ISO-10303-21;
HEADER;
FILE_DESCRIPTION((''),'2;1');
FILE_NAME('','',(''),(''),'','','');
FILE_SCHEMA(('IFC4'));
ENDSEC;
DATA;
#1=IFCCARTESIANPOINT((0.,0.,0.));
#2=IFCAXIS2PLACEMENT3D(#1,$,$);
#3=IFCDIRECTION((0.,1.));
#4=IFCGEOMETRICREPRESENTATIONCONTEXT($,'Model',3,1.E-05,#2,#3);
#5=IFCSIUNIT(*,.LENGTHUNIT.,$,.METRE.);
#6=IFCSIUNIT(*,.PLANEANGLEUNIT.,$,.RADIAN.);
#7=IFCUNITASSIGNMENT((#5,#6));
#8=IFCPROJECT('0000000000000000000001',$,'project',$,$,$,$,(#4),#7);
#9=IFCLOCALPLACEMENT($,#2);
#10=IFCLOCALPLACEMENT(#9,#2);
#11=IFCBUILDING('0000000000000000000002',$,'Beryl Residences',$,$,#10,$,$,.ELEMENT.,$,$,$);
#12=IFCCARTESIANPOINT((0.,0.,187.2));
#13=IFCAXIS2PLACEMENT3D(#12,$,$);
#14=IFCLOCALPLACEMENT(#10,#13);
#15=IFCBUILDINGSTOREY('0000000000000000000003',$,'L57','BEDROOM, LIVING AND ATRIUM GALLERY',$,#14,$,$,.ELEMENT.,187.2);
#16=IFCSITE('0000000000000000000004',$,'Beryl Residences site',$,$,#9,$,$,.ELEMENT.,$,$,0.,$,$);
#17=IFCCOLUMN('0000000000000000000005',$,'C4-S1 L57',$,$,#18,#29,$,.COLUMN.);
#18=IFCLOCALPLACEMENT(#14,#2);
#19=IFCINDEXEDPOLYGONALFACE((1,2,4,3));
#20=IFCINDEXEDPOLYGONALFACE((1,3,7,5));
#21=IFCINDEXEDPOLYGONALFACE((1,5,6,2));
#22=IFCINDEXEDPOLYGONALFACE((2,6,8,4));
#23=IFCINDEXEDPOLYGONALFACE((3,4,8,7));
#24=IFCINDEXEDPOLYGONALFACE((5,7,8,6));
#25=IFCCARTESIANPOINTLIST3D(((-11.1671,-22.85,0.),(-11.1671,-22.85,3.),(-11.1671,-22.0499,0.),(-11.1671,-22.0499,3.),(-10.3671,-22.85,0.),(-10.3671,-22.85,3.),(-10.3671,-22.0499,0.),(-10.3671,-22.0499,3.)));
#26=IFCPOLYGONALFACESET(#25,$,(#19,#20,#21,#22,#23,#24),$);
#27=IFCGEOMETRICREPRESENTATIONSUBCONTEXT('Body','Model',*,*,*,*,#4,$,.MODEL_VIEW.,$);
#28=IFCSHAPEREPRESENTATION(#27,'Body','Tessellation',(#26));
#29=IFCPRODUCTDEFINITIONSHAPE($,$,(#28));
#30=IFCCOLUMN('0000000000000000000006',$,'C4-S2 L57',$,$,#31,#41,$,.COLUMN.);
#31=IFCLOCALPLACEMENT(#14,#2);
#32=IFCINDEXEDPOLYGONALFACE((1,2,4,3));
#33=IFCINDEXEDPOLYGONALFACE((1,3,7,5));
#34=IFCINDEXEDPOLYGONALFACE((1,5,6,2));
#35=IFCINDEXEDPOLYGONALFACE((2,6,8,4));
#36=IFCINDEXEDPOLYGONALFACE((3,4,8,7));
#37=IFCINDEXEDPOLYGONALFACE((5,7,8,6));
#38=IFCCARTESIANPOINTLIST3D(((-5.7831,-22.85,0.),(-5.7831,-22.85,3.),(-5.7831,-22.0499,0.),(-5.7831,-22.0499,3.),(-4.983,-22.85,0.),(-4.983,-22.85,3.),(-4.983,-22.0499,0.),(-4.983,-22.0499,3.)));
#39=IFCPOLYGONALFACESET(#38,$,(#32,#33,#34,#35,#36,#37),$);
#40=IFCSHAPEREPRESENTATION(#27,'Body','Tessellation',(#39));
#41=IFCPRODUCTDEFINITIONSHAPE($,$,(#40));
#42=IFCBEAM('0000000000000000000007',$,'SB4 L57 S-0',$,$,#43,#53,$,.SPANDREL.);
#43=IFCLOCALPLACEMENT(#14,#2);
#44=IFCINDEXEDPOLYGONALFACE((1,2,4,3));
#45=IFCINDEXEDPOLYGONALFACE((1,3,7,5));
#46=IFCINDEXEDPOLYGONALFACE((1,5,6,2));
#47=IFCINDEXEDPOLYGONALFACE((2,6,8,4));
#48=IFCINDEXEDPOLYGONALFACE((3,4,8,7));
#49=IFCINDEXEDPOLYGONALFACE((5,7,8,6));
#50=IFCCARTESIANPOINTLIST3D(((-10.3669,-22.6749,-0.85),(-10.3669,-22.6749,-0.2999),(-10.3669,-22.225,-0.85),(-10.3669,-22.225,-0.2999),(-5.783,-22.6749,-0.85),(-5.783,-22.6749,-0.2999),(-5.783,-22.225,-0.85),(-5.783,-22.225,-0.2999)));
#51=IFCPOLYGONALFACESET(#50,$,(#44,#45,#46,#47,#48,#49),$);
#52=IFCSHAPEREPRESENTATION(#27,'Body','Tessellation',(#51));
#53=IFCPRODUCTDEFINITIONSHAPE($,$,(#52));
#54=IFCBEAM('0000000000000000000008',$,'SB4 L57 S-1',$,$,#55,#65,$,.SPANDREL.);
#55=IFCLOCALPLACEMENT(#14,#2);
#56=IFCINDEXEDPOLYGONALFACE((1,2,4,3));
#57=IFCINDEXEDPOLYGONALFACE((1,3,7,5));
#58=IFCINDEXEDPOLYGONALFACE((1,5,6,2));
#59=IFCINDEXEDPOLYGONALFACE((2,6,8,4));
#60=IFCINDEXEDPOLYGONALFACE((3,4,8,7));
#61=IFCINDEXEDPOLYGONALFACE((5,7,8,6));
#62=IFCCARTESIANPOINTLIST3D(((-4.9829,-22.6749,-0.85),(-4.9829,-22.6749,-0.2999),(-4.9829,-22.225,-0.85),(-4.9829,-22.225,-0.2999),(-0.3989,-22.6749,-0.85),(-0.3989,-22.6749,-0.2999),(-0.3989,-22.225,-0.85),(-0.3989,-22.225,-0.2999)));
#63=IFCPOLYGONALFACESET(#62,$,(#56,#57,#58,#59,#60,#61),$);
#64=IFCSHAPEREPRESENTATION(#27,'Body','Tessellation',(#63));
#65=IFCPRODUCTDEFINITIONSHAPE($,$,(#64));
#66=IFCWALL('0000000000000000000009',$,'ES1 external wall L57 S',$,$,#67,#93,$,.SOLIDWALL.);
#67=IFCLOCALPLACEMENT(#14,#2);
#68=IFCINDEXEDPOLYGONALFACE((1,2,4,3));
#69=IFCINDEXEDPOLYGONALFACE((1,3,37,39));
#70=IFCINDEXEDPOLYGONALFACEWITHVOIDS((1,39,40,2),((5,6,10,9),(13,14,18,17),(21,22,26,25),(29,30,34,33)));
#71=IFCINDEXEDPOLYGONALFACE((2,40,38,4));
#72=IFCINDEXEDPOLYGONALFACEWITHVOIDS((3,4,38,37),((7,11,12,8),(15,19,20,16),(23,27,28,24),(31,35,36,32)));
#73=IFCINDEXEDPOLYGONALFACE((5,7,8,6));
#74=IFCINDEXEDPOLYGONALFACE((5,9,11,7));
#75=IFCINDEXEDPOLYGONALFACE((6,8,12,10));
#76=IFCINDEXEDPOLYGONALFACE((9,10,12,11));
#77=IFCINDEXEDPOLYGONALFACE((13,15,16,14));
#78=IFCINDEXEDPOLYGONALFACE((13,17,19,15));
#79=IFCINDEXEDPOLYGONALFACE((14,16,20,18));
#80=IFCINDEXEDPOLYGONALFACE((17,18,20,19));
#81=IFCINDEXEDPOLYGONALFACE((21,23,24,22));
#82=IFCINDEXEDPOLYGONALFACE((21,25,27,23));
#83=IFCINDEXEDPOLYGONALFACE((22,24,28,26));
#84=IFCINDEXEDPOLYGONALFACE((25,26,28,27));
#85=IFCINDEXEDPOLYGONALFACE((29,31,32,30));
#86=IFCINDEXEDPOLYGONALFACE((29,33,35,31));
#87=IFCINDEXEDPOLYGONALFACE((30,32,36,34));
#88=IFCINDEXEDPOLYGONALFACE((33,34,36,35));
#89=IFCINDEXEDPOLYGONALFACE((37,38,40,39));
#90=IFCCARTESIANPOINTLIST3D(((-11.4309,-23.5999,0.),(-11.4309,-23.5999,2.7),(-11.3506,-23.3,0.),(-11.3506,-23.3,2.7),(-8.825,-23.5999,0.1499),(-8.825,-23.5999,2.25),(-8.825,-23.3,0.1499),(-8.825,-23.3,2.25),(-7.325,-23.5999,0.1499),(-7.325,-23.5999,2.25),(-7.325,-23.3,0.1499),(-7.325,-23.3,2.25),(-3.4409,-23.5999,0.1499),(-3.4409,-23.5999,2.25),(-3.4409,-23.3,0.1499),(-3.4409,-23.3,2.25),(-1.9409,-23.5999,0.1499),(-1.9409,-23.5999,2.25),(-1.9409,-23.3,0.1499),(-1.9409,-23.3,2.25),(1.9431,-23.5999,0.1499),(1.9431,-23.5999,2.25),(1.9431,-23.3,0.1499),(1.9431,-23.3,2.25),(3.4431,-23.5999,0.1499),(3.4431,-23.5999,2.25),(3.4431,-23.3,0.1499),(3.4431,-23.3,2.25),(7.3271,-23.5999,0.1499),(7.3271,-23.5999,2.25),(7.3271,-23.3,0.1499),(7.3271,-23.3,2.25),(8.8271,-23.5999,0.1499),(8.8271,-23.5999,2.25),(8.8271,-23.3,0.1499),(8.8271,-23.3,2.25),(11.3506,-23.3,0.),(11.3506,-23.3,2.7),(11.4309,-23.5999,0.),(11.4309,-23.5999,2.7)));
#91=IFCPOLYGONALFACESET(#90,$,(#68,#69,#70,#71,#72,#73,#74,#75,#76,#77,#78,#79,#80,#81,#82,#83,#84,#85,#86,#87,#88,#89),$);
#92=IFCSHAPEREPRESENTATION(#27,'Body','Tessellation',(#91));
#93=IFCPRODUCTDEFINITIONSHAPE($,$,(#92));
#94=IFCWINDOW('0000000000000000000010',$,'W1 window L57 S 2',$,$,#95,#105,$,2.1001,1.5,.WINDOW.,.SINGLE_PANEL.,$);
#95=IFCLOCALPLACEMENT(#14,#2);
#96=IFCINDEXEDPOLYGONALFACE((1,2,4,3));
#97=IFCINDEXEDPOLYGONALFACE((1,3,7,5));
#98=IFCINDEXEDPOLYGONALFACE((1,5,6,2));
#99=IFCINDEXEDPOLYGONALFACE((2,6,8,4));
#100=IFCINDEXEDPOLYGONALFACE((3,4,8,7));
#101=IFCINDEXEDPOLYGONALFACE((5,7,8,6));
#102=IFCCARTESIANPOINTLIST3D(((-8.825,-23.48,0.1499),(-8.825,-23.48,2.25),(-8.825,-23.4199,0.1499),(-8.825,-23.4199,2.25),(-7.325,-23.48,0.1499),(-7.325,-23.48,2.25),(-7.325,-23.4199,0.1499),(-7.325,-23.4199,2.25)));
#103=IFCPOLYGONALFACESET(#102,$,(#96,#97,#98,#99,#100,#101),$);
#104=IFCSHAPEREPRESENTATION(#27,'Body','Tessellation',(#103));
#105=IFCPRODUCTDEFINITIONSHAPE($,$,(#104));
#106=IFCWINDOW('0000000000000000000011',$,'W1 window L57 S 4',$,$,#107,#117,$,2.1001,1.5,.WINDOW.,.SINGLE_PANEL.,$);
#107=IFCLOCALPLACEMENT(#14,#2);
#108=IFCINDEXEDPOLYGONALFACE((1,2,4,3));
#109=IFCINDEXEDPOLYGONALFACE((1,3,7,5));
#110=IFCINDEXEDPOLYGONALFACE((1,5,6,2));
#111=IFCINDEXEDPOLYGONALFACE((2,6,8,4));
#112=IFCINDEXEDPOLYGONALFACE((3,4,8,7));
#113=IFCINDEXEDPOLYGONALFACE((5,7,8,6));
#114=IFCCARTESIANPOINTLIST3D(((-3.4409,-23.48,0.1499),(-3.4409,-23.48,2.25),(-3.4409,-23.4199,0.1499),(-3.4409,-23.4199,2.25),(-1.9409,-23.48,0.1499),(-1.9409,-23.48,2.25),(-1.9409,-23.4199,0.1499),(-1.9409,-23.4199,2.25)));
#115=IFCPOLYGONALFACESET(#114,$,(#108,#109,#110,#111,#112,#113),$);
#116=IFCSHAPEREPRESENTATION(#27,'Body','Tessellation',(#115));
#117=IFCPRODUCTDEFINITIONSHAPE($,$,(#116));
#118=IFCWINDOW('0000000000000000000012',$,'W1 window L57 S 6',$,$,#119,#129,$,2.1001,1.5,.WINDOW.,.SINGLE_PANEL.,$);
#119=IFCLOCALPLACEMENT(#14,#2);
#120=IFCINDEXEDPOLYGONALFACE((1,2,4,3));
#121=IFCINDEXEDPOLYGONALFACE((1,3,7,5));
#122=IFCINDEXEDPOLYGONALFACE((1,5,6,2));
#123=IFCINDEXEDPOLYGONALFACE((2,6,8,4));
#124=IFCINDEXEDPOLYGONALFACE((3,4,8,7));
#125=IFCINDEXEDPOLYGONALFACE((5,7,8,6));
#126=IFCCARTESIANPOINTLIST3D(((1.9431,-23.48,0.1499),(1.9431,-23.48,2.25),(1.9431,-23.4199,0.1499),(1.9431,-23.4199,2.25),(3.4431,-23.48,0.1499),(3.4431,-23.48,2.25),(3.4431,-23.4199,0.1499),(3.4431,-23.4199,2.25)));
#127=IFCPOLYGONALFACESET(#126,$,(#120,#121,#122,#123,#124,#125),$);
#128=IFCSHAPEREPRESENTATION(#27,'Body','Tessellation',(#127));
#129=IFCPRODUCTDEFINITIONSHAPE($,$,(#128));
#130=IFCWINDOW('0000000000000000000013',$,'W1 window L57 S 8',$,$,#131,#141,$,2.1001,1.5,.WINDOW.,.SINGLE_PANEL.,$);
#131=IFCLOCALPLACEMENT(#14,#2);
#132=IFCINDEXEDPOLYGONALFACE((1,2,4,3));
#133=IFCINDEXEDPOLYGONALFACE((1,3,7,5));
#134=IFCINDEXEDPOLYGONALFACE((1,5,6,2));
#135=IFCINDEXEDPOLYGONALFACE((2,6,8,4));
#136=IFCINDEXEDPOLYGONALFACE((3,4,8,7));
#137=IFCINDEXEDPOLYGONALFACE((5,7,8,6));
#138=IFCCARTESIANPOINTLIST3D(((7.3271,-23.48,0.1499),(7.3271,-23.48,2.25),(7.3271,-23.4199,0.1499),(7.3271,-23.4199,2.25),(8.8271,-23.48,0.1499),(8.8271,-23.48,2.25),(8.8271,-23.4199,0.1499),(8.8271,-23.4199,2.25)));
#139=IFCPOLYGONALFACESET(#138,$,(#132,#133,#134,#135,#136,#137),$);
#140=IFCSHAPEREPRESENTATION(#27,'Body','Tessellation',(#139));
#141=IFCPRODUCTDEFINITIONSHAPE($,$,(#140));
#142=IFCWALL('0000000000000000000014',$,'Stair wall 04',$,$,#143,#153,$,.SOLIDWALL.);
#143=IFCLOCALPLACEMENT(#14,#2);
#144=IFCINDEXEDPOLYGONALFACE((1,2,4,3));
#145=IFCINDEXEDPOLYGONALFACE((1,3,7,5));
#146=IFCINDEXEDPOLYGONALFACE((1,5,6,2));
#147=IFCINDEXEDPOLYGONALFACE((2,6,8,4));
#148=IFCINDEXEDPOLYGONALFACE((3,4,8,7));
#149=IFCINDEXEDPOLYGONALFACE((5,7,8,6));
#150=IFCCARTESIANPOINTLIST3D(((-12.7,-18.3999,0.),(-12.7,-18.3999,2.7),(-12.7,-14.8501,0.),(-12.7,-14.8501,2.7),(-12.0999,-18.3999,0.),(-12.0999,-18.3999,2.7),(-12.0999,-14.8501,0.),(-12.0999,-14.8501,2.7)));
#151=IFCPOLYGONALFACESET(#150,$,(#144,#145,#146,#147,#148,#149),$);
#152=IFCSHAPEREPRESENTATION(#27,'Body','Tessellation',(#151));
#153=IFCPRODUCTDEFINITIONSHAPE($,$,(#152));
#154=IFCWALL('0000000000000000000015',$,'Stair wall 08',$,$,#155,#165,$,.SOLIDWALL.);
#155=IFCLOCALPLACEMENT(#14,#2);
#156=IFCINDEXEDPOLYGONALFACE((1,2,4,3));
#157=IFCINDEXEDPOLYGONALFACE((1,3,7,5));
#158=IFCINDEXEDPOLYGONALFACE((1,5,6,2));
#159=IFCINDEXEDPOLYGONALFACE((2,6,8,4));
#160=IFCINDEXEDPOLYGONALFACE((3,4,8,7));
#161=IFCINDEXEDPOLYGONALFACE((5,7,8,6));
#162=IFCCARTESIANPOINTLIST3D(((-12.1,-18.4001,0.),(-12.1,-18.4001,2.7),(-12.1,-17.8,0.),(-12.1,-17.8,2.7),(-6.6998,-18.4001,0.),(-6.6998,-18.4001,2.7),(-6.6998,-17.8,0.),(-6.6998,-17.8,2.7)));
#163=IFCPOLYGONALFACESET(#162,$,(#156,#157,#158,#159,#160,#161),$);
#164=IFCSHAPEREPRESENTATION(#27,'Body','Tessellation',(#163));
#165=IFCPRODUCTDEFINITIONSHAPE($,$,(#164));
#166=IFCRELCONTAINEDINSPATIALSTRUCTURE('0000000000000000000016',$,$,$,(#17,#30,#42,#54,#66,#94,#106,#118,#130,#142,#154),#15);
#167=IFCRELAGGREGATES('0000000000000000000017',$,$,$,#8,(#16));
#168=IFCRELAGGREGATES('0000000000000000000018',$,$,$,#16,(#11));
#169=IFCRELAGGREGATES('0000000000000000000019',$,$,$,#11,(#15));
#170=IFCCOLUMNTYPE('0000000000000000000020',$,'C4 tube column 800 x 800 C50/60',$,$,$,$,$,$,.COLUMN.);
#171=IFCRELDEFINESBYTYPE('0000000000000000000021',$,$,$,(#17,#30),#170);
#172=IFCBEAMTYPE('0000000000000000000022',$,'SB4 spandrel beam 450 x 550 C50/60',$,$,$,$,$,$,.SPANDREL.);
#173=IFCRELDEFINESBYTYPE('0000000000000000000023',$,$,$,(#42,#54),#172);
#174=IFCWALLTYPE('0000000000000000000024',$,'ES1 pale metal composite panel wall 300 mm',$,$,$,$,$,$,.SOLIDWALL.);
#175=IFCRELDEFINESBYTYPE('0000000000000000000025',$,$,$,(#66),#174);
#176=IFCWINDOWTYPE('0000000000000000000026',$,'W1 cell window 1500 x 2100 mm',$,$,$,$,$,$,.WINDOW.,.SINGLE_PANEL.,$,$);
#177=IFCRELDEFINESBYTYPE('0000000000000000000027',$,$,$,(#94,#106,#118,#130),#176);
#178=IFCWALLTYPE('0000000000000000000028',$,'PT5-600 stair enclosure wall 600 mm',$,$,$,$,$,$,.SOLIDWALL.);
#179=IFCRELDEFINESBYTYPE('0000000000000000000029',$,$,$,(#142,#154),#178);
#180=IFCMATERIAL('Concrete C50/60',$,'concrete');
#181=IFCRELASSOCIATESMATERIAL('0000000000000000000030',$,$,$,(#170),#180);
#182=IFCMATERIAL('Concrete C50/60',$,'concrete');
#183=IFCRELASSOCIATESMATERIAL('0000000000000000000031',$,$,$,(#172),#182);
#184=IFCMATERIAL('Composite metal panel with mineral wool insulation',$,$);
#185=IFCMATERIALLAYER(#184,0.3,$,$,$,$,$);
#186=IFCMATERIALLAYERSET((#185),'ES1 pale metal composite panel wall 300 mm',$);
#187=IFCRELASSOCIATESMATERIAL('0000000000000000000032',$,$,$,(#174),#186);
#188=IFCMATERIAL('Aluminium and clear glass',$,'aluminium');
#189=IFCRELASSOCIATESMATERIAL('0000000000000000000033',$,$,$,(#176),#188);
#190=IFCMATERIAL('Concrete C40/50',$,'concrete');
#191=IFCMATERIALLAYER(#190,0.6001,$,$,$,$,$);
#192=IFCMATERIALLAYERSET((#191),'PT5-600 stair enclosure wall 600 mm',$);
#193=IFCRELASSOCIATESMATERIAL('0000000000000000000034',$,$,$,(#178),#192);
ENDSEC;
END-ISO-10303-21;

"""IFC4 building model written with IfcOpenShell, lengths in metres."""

from ifc_helpers import new_model, si_unit, direction, frame, frame_2d, origin, origin_2d, place, context, subcontext, project, spatial, polyline, rectangle, outline, extrude, material, layer, layer_set, material_profile, profile_set, type_object, element, fill, save


model = new_model("IFC4")

# Units and contexts
model_context = context("Model", 3, precision=1e-05, world=origin(), true_north=direction((0.0, 1.0)))
body_context = subcontext(model_context, "Body", "Model", "MODEL_VIEW")
ifc_project = project(units=[si_unit("LENGTHUNIT", "METRE"), si_unit("PLANEANGLEUNIT", "RADIAN")], contexts=[model_context])

# Site, building, storey
site_placement = place(None, origin())
site = spatial("IfcSite", under=ifc_project, at=site_placement, Name="Beryl Residences site", CompositionType="ELEMENT", RefElevation=0.0)
building_placement = place(site_placement, origin())
building = spatial("IfcBuilding", under=site, at=building_placement, Name="Beryl Residences", CompositionType="ELEMENT")
storey_placement = place(building_placement, frame((0.0, 0.0, 187.2)))
storey = spatial("IfcBuildingStorey", under=building, at=storey_placement, Name="L57", Description="BEDROOM, LIVING AND ATRIUM GALLERY", CompositionType="ELEMENT", Elevation=187.2)

# Columns
ifc_material_1 = material(Name="Concrete C50/60", Category="concrete")
ifc_material_profile_1 = material_profile(ifc_material_1, rectangle(XDim=0.8, YDim=0.8, at=origin_2d()))
ifc_profile_set_1 = profile_set([ifc_material_profile_1], Name="Concrete C50/60")
column_type = type_object("IfcColumnType", Name="C4 tube column 800 x 800 C50/60", PredefinedType="COLUMN", material=ifc_profile_set_1)
for number, where, z_axis, x_axis, name in (
    (1, (-10.7671, -22.45, 0.0), (0.0, 0.0, 1.0), (1.0, 0.0, 0.0), "C4-S1 L57"),
    (2, (-5.3831, -22.45, 0.0), (0.0, 0.0, 1.0), (1.0, 0.0, 0.0), "C4-S2 L57"),
):
    element("IfcColumn", number, at=place(storey_placement, frame(where, z_axis=z_axis, x_axis=x_axis)), inside=storey, type_object=column_type, Name=name, PredefinedType="COLUMN", context=body_context, shape_type="SweptSolid", body=[
        extrude(rectangle(XDim=0.8, YDim=0.8, at=origin_2d()), origin(), (0.0, 0.0, 1.0), 3.0),
    ])

# Beams
ifc_material_2 = material(Name="Concrete C50/60", Category="concrete")
ifc_material_profile_2 = material_profile(ifc_material_2, rectangle(XDim=0.45, YDim=0.55, at=origin_2d()))
ifc_profile_set_2 = profile_set([ifc_material_profile_2], Name="Concrete C50/60")
beam_type = type_object("IfcBeamType", Name="SB4 spandrel beam 450 x 550 C50/60", PredefinedType="SPANDREL", material=ifc_profile_set_2)
for number, where, z_axis, x_axis, name in (
    (3, (-10.3669, -22.45, -0.575), (1.0, 0.0, 0.0), (0.0, 1.0, 0.0), "SB4 L57 S-0"),
    (4, (-4.9829, -22.45, -0.575), (1.0, 0.0, 0.0), (0.0, 1.0, 0.0), "SB4 L57 S-1"),
):
    element("IfcBeam", number, at=place(storey_placement, frame(where, z_axis=z_axis, x_axis=x_axis)), inside=storey, type_object=beam_type, Name=name, PredefinedType="SPANDREL", context=body_context, shape_type="SweptSolid", body=[
        extrude(rectangle(XDim=0.45, YDim=0.55, at=origin_2d()), origin(), (0.0, 0.0, 1.0), 4.584),
    ])

# Wall, openings, windows
ifc_material_3 = material(Name="Composite metal panel with mineral wool insulation")
ifc_layer_1 = layer(ifc_material_3, 0.3)
ifc_layer_set_1 = layer_set([ifc_layer_1], Name="ES1 pale metal composite panel wall 300 mm")
wall_type_1 = type_object("IfcWallType", Name="ES1 pale metal composite panel wall 300 mm", PredefinedType="SOLIDWALL", material=ifc_layer_set_1)
wall_1_placement = place(storey_placement, frame((-11.4309, -23.45, 0.0), z_axis=(0.0, 0.0, 1.0), x_axis=(1.0, 0.0, 0.0)))
wall_1 = element("IfcWall", 5, at=wall_1_placement, inside=storey, type_object=wall_type_1, Name="ES1 external wall L57 S", PredefinedType="SOLIDWALL", context=body_context, shape_type="SweptSolid", body=[
    extrude(outline(polyline([(0.0, -0.1499), (22.8618, -0.1499), (22.7815, 0.1499), (0.0803, 0.1499), (0.0, -0.1499)])), origin(), (0.0, 0.0, 1.0), 2.7),
])
opening_1_placement = place(wall_1_placement, frame((2.606, 0.0, 0.1499)))
opening_1 = element("IfcOpeningElement", 6, at=opening_1_placement, cuts=wall_1, PredefinedType="OPENING", context=body_context, shape_type="SweptSolid", body=[
    extrude(rectangle(XDim=1.5, YDim=2.1001, at=frame_2d((0.75, 1.05))), frame((0.0, 0.1599, 0.0), z_axis=(0.0, -1.0, 0.0), x_axis=(1.0, 0.0, 0.0)), (0.0, 0.0, 1.0), 0.3201),
])
opening_2_placement = place(wall_1_placement, frame((7.99, 0.0, 0.1499)))
opening_2 = element("IfcOpeningElement", 7, at=opening_2_placement, cuts=wall_1, PredefinedType="OPENING", context=body_context, shape_type="SweptSolid", body=[
    extrude(rectangle(XDim=1.5, YDim=2.1001, at=frame_2d((0.75, 1.05))), frame((0.0, 0.1599, 0.0), z_axis=(0.0, -1.0, 0.0), x_axis=(1.0, 0.0, 0.0)), (0.0, 0.0, 1.0), 0.3201),
])
opening_3_placement = place(wall_1_placement, frame((13.374, 0.0, 0.1499)))
opening_3 = element("IfcOpeningElement", 8, at=opening_3_placement, cuts=wall_1, PredefinedType="OPENING", context=body_context, shape_type="SweptSolid", body=[
    extrude(rectangle(XDim=1.5, YDim=2.1001, at=frame_2d((0.75, 1.05))), frame((0.0, 0.1599, 0.0), z_axis=(0.0, -1.0, 0.0), x_axis=(1.0, 0.0, 0.0)), (0.0, 0.0, 1.0), 0.3201),
])
opening_4_placement = place(wall_1_placement, frame((18.7581, 0.0, 0.1499)))
opening_4 = element("IfcOpeningElement", 9, at=opening_4_placement, cuts=wall_1, PredefinedType="OPENING", context=body_context, shape_type="SweptSolid", body=[
    extrude(rectangle(XDim=1.5, YDim=2.1001, at=frame_2d((0.75, 1.05))), frame((0.0, 0.1599, 0.0), z_axis=(0.0, -1.0, 0.0), x_axis=(1.0, 0.0, 0.0)), (0.0, 0.0, 1.0), 0.3201),
])
ifc_material_4 = material(Name="Aluminium and clear glass", Category="aluminium")
window_type = type_object("IfcWindowType", Name="W1 cell window 1500 x 2100 mm", PartitioningType="SINGLE_PANEL", PredefinedType="WINDOW", material=ifc_material_4)
window_1_placement = place(opening_1_placement, origin())
window_1 = element("IfcWindow", 10, at=window_1_placement, inside=storey, type_object=window_type, Name="W1 window L57 S 2", OverallHeight=2.1001, OverallWidth=1.5, PartitioningType="SINGLE_PANEL", PredefinedType="WINDOW", context=body_context, shape_type="SweptSolid", body=[
    extrude(rectangle(XDim=1.5, YDim=2.1001, at=frame_2d((0.75, 1.05))), frame((0.0, 0.03, 0.0), z_axis=(0.0, -1.0, 0.0), x_axis=(1.0, 0.0, 0.0)), (0.0, 0.0, 1.0), 0.0601),
])
fill(opening_1, window_1)
window_2_placement = place(opening_2_placement, origin())
window_2 = element("IfcWindow", 11, at=window_2_placement, inside=storey, type_object=window_type, Name="W1 window L57 S 4", OverallHeight=2.1001, OverallWidth=1.5, PartitioningType="SINGLE_PANEL", PredefinedType="WINDOW", context=body_context, shape_type="SweptSolid", body=[
    extrude(rectangle(XDim=1.5, YDim=2.1001, at=frame_2d((0.75, 1.05))), frame((0.0, 0.03, 0.0), z_axis=(0.0, -1.0, 0.0), x_axis=(1.0, 0.0, 0.0)), (0.0, 0.0, 1.0), 0.0601),
])
fill(opening_2, window_2)
window_3_placement = place(opening_3_placement, origin())
window_3 = element("IfcWindow", 12, at=window_3_placement, inside=storey, type_object=window_type, Name="W1 window L57 S 6", OverallHeight=2.1001, OverallWidth=1.5, PartitioningType="SINGLE_PANEL", PredefinedType="WINDOW", context=body_context, shape_type="SweptSolid", body=[
    extrude(rectangle(XDim=1.5, YDim=2.1001, at=frame_2d((0.75, 1.05))), frame((0.0, 0.03, 0.0), z_axis=(0.0, -1.0, 0.0), x_axis=(1.0, 0.0, 0.0)), (0.0, 0.0, 1.0), 0.0601),
])
fill(opening_3, window_3)
window_4_placement = place(opening_4_placement, origin())
window_4 = element("IfcWindow", 13, at=window_4_placement, inside=storey, type_object=window_type, Name="W1 window L57 S 8", OverallHeight=2.1001, OverallWidth=1.5, PartitioningType="SINGLE_PANEL", PredefinedType="WINDOW", context=body_context, shape_type="SweptSolid", body=[
    extrude(rectangle(XDim=1.5, YDim=2.1001, at=frame_2d((0.75, 1.05))), frame((0.0, 0.03, 0.0), z_axis=(0.0, -1.0, 0.0), x_axis=(1.0, 0.0, 0.0)), (0.0, 0.0, 1.0), 0.0601),
])
fill(opening_4, window_4)

# Walls
ifc_material_5 = material(Name="Concrete C40/50", Category="concrete")
ifc_layer_2 = layer(ifc_material_5, 0.6001)
ifc_layer_set_2 = layer_set([ifc_layer_2], Name="PT5-600 stair enclosure wall 600 mm")
wall_type_2 = type_object("IfcWallType", Name="PT5-600 stair enclosure wall 600 mm", PredefinedType="SOLIDWALL", material=ifc_layer_set_2)
wall_2_placement = place(storey_placement, frame((-12.3999, -18.3999, 0.0), z_axis=(0.0, 0.0, 1.0), x_axis=(0.0, 1.0, 0.0)))
element("IfcWall", 14, at=wall_2_placement, inside=storey, type_object=wall_type_2, Name="Stair wall 04", PredefinedType="SOLIDWALL", context=body_context, shape_type="SweptSolid", body=[
    extrude(rectangle(XDim=3.5498, YDim=0.6001, at=frame_2d((1.7749, 0.0))), origin(), (0.0, 0.0, 1.0), 2.7),
])
wall_3_placement = place(storey_placement, frame((-12.1001, -18.1001, 0.0), z_axis=(0.0, 0.0, 1.0), x_axis=(1.0, 0.0, 0.0)))
element("IfcWall", 15, at=wall_3_placement, inside=storey, type_object=wall_type_2, Name="Stair wall 08", PredefinedType="SOLIDWALL", context=body_context, shape_type="SweptSolid", body=[
    extrude(rectangle(XDim=5.4001, YDim=0.6001, at=frame_2d((2.7002, 0.0))), origin(), (0.0, 0.0, 1.0), 2.7),
])

save(model, "model.ifc")
